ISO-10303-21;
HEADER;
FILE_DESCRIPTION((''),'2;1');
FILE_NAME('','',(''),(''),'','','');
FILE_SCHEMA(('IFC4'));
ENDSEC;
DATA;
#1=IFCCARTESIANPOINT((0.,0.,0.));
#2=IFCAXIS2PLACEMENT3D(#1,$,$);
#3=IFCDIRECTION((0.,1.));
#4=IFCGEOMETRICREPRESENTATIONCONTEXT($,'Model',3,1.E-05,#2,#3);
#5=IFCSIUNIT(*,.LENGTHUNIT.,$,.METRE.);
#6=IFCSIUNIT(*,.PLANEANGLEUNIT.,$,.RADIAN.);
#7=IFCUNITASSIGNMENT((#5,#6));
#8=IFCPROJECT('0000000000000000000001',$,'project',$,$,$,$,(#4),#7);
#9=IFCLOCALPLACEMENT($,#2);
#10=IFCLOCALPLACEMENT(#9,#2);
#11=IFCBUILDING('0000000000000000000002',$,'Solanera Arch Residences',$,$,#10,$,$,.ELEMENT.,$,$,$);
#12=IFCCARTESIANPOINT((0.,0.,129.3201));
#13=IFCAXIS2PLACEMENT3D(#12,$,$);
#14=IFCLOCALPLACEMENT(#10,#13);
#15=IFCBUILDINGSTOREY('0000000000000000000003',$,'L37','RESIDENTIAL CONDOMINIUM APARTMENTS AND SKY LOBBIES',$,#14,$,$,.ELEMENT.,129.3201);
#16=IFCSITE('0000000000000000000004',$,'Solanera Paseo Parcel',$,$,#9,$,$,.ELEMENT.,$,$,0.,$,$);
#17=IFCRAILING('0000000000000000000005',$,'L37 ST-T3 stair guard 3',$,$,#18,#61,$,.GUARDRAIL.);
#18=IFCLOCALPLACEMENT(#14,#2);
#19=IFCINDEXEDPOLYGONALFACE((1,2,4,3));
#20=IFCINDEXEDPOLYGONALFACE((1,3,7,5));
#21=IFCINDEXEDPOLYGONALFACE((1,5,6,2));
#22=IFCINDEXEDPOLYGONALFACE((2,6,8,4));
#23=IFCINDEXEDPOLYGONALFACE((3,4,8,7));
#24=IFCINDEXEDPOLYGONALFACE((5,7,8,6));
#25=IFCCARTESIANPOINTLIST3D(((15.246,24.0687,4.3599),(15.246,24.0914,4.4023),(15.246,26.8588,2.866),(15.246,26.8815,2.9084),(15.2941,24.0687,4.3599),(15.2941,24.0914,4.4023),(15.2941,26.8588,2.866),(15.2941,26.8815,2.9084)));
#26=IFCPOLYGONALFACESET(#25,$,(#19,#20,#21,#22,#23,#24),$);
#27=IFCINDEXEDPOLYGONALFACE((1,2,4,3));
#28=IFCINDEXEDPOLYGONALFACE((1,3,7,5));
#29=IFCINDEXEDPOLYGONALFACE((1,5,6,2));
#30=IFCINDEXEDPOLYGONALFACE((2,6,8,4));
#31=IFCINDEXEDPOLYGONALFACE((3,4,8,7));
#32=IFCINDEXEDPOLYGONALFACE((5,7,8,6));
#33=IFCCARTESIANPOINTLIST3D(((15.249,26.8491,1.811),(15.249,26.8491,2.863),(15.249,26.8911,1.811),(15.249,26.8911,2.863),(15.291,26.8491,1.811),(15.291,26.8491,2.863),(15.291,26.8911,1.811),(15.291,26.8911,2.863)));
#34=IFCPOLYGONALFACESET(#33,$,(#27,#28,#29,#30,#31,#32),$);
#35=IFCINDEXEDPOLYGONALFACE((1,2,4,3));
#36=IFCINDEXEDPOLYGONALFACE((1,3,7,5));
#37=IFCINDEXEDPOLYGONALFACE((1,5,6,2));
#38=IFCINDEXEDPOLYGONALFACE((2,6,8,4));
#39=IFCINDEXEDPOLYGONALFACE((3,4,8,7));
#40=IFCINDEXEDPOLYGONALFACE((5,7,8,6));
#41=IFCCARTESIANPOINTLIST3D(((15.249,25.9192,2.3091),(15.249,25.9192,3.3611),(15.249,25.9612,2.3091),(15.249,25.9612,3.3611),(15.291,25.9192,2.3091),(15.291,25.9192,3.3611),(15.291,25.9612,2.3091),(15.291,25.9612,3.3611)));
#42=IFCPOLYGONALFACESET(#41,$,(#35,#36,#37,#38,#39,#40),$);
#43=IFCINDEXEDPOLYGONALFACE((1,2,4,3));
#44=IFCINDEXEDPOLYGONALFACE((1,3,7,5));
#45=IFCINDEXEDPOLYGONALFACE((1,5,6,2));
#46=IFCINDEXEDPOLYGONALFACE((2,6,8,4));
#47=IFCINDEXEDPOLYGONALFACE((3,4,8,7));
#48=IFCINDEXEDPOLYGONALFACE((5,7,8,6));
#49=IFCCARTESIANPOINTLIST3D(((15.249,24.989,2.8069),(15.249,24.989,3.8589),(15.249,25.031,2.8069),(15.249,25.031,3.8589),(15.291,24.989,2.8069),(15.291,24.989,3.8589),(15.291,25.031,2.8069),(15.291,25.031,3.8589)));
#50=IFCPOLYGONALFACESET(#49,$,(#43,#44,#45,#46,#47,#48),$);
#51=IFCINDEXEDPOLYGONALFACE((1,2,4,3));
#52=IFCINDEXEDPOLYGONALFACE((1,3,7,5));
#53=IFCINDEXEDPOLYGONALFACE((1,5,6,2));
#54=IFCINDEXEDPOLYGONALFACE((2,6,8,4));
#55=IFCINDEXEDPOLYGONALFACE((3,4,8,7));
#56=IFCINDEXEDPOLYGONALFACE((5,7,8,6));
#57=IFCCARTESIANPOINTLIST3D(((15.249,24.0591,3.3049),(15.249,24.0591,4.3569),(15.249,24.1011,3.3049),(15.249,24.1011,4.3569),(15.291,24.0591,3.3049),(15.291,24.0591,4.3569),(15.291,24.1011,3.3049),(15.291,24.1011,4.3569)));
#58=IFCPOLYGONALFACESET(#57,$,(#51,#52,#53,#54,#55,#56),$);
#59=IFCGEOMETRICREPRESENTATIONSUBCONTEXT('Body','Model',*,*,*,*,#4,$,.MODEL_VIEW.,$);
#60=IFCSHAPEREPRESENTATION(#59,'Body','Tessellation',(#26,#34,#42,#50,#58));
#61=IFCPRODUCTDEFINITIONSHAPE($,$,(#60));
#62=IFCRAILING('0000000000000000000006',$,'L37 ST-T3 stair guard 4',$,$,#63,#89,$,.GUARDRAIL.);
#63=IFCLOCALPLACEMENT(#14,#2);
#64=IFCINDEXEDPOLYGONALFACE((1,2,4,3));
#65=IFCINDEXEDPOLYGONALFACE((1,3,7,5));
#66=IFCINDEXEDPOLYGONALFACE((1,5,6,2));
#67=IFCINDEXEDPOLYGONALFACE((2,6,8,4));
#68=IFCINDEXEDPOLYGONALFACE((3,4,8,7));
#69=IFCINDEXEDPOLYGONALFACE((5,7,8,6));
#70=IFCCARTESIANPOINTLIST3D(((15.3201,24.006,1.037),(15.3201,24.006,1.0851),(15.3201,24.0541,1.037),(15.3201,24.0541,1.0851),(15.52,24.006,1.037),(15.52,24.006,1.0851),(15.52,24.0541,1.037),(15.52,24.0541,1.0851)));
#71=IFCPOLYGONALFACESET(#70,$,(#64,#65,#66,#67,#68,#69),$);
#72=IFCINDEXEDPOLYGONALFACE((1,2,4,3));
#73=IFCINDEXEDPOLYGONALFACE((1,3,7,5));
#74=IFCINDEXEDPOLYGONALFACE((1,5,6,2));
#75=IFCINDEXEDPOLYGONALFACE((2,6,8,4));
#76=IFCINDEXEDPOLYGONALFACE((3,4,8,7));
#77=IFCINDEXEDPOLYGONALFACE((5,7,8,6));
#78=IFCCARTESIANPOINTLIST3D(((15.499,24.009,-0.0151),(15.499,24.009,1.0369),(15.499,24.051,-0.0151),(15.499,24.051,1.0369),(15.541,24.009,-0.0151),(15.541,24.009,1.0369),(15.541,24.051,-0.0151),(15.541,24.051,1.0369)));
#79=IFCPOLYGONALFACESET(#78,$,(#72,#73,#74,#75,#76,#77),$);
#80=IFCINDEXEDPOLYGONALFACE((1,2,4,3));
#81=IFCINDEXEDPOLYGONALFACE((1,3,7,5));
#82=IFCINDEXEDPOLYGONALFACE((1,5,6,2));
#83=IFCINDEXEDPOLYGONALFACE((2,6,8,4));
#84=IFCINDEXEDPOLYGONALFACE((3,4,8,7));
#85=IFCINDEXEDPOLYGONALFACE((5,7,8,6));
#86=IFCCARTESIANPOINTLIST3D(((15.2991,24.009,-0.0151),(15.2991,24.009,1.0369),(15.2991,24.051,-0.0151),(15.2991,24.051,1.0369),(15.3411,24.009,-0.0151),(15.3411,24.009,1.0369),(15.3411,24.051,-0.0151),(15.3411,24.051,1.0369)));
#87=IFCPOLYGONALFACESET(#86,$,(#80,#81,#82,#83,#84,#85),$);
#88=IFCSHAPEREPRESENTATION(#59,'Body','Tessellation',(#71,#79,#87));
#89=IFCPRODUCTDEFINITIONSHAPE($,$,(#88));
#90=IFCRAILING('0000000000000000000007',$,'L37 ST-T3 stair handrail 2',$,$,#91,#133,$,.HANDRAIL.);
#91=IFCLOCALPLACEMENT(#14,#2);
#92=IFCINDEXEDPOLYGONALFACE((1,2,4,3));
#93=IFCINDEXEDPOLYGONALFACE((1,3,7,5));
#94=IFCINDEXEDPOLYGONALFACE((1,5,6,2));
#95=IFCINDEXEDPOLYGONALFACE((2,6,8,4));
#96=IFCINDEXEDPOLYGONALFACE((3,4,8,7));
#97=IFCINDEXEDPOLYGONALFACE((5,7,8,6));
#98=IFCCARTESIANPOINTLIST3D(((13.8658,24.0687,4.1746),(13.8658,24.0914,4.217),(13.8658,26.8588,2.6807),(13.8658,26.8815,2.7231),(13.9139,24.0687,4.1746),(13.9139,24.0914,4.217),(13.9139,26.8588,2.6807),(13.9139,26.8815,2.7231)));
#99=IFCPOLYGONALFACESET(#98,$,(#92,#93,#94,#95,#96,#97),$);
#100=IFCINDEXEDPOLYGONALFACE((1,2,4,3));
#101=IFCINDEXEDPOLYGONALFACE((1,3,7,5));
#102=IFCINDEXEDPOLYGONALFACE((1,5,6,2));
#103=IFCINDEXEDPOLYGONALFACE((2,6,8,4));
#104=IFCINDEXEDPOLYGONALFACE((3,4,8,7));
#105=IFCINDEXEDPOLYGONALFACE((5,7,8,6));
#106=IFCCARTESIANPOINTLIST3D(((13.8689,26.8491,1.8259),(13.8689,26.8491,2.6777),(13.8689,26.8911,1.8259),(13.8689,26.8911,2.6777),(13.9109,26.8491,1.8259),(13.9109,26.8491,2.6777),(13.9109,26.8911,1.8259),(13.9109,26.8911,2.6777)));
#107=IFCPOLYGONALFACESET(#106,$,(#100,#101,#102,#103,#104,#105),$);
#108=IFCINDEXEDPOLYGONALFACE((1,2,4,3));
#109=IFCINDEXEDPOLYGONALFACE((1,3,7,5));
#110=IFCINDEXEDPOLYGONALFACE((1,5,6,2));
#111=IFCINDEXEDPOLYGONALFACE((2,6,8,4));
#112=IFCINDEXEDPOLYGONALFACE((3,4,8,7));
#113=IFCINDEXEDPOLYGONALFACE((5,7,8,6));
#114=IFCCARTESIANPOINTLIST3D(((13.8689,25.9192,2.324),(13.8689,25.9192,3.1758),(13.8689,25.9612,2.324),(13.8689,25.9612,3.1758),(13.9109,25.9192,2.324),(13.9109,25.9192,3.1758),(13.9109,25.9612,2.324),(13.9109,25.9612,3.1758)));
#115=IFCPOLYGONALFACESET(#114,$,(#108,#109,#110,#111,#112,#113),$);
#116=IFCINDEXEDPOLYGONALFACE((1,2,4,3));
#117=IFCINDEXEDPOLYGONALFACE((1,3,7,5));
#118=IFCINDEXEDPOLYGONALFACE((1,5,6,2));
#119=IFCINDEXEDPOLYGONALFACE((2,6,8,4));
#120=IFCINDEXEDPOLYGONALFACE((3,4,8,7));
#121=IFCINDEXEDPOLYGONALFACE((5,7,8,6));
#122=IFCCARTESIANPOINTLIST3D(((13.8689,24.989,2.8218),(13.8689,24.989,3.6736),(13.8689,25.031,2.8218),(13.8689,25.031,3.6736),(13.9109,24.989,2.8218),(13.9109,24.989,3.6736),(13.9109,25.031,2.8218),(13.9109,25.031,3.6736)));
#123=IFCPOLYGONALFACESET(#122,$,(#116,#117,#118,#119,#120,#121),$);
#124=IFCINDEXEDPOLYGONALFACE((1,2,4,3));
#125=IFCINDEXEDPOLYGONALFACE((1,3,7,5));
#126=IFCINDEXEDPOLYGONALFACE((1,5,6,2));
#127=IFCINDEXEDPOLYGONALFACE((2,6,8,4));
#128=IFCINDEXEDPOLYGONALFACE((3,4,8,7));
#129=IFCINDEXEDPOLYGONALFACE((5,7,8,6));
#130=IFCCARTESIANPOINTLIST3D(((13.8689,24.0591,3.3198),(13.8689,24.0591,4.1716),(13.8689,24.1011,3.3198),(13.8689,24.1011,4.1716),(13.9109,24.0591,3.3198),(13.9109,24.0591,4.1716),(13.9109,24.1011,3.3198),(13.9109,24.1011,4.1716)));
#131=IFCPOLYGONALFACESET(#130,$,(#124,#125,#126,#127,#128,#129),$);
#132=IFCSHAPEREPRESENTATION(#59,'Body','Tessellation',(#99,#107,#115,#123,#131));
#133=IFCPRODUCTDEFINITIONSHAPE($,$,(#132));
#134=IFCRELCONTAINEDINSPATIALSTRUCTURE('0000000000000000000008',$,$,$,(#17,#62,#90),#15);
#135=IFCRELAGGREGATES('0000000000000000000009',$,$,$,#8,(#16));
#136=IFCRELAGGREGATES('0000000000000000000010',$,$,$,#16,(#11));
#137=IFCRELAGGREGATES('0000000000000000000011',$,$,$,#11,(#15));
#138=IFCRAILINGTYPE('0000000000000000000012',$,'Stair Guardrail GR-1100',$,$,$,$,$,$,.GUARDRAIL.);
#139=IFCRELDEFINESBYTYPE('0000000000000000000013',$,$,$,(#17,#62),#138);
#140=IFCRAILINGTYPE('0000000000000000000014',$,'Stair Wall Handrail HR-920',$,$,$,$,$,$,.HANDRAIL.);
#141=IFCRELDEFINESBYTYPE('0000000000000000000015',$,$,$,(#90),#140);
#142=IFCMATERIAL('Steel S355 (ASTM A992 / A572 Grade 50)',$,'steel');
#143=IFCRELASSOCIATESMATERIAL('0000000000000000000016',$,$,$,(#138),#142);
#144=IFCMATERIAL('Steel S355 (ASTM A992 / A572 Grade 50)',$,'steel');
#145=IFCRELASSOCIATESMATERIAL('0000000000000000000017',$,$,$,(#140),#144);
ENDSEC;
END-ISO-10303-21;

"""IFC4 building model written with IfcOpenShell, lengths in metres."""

from ifc_helpers import new_model, si_unit, direction, frame, origin, origin_2d, place, context, subcontext, project, spatial, rectangle, extrude, material, type_object, element, save


model = new_model("IFC4")

# Units and contexts
model_context = context("Model", 3, precision=1e-05, world=origin(), true_north=direction((0.0, 1.0)))
body_context = subcontext(model_context, "Body", "Model", "MODEL_VIEW")
ifc_project = project(units=[si_unit("LENGTHUNIT", "METRE"), si_unit("PLANEANGLEUNIT", "RADIAN")], contexts=[model_context])

# Site, building, storey
site_placement = place(None, origin())
site = spatial("IfcSite", under=ifc_project, at=site_placement, Name="Solanera Paseo Parcel", CompositionType="ELEMENT", RefElevation=0.0)
building_placement = place(site_placement, origin())
building = spatial("IfcBuilding", under=site, at=building_placement, Name="Solanera Arch Residences", CompositionType="ELEMENT")
storey_placement = place(building_placement, frame((0.0, 0.0, 129.3201)))
storey = spatial("IfcBuildingStorey", under=building, at=storey_placement, Name="L37", Description="RESIDENTIAL CONDOMINIUM APARTMENTS AND SKY LOBBIES", CompositionType="ELEMENT", Elevation=129.3201)

# Railings
ifc_material_1 = material(Name="Steel S355 (ASTM A992 / A572 Grade 50)", Category="steel")
railing_type_1 = type_object("IfcRailingType", Name="Stair Guardrail GR-1100", PredefinedType="GUARDRAIL", material=ifc_material_1)
railing_1_placement = place(storey_placement, frame((15.27, 26.8701, 1.811)))
element("IfcRailing", 1, at=railing_1_placement, inside=storey, type_object=railing_type_1, Name="L37 ST-T3 stair guard 3", PredefinedType="GUARDRAIL", context=body_context, shape_type="SweptSolid", body=[
    extrude(rectangle(XDim=0.0481, YDim=0.0481, at=origin_2d()), frame((0.0, 0.0, 1.0762), z_axis=(0.0, -0.881581, 0.472033), x_axis=(1.0, 0.0, 0.0)), (0.0, 0.0, 1.0), 3.1648),
    extrude(rectangle(XDim=0.042, YDim=0.042, at=origin_2d()), origin(), (0.0, 0.0, 1.0), 1.052),
    extrude(rectangle(XDim=0.042, YDim=0.042, at=origin_2d()), frame((0.0, -0.9299, 0.498)), (0.0, 0.0, 1.0), 1.052),
    extrude(rectangle(XDim=0.042, YDim=0.042, at=origin_2d()), frame((0.0, -1.8601, 0.9958)), (0.0, 0.0, 1.0), 1.052),
    extrude(rectangle(XDim=0.042, YDim=0.042, at=origin_2d()), frame((0.0, -2.79, 1.4939)), (0.0, 0.0, 1.0), 1.052),
])
railing_2_placement = place(storey_placement, frame((15.52, 24.03, -0.0151)))
element("IfcRailing", 2, at=railing_2_placement, inside=storey, type_object=railing_type_1, Name="L37 ST-T3 stair guard 4", PredefinedType="GUARDRAIL", context=body_context, shape_type="SweptSolid", body=[
    extrude(rectangle(XDim=0.0481, YDim=0.0481, at=origin_2d()), frame((0.0, 0.0, 1.0762), z_axis=(-1.0, 0.0, 0.0), x_axis=(0.0, -1.0, 0.0)), (0.0, 0.0, 1.0), 0.2),
    extrude(rectangle(XDim=0.042, YDim=0.042, at=origin_2d()), origin(), (0.0, 0.0, 1.0), 1.052),
    extrude(rectangle(XDim=0.042, YDim=0.042, at=origin_2d()), frame((-0.2, 0.0, 0.0)), (0.0, 0.0, 1.0), 1.052),
])
ifc_material_2 = material(Name="Steel S355 (ASTM A992 / A572 Grade 50)", Category="steel")
railing_type_2 = type_object("IfcRailingType", Name="Stair Wall Handrail HR-920", PredefinedType="HANDRAIL", material=ifc_material_2)
railing_3_placement = place(storey_placement, frame((13.8899, 26.8701, 1.8259)))
element("IfcRailing", 3, at=railing_3_placement, inside=storey, type_object=railing_type_2, Name="L37 ST-T3 stair handrail 2", PredefinedType="HANDRAIL", context=body_context, shape_type="SweptSolid", body=[
    extrude(rectangle(XDim=0.0481, YDim=0.0481, at=origin_2d()), frame((0.0, 0.0, 0.876), z_axis=(0.0, -0.881581, 0.472033), x_axis=(1.0, 0.0, 0.0)), (0.0, 0.0, 1.0), 3.1648),
    extrude(rectangle(XDim=0.042, YDim=0.042, at=origin_2d()), origin(), (0.0, 0.0, 1.0), 0.8518),
    extrude(rectangle(XDim=0.042, YDim=0.042, at=origin_2d()), frame((0.0, -0.9299, 0.498)), (0.0, 0.0, 1.0), 0.8518),
    extrude(rectangle(XDim=0.042, YDim=0.042, at=origin_2d()), frame((0.0, -1.8601, 0.9958)), (0.0, 0.0, 1.0), 0.8518),
    extrude(rectangle(XDim=0.042, YDim=0.042, at=origin_2d()), frame((0.0, -2.79, 1.4939)), (0.0, 0.0, 1.0), 0.8518),
])

save(model, "model.ifc")
